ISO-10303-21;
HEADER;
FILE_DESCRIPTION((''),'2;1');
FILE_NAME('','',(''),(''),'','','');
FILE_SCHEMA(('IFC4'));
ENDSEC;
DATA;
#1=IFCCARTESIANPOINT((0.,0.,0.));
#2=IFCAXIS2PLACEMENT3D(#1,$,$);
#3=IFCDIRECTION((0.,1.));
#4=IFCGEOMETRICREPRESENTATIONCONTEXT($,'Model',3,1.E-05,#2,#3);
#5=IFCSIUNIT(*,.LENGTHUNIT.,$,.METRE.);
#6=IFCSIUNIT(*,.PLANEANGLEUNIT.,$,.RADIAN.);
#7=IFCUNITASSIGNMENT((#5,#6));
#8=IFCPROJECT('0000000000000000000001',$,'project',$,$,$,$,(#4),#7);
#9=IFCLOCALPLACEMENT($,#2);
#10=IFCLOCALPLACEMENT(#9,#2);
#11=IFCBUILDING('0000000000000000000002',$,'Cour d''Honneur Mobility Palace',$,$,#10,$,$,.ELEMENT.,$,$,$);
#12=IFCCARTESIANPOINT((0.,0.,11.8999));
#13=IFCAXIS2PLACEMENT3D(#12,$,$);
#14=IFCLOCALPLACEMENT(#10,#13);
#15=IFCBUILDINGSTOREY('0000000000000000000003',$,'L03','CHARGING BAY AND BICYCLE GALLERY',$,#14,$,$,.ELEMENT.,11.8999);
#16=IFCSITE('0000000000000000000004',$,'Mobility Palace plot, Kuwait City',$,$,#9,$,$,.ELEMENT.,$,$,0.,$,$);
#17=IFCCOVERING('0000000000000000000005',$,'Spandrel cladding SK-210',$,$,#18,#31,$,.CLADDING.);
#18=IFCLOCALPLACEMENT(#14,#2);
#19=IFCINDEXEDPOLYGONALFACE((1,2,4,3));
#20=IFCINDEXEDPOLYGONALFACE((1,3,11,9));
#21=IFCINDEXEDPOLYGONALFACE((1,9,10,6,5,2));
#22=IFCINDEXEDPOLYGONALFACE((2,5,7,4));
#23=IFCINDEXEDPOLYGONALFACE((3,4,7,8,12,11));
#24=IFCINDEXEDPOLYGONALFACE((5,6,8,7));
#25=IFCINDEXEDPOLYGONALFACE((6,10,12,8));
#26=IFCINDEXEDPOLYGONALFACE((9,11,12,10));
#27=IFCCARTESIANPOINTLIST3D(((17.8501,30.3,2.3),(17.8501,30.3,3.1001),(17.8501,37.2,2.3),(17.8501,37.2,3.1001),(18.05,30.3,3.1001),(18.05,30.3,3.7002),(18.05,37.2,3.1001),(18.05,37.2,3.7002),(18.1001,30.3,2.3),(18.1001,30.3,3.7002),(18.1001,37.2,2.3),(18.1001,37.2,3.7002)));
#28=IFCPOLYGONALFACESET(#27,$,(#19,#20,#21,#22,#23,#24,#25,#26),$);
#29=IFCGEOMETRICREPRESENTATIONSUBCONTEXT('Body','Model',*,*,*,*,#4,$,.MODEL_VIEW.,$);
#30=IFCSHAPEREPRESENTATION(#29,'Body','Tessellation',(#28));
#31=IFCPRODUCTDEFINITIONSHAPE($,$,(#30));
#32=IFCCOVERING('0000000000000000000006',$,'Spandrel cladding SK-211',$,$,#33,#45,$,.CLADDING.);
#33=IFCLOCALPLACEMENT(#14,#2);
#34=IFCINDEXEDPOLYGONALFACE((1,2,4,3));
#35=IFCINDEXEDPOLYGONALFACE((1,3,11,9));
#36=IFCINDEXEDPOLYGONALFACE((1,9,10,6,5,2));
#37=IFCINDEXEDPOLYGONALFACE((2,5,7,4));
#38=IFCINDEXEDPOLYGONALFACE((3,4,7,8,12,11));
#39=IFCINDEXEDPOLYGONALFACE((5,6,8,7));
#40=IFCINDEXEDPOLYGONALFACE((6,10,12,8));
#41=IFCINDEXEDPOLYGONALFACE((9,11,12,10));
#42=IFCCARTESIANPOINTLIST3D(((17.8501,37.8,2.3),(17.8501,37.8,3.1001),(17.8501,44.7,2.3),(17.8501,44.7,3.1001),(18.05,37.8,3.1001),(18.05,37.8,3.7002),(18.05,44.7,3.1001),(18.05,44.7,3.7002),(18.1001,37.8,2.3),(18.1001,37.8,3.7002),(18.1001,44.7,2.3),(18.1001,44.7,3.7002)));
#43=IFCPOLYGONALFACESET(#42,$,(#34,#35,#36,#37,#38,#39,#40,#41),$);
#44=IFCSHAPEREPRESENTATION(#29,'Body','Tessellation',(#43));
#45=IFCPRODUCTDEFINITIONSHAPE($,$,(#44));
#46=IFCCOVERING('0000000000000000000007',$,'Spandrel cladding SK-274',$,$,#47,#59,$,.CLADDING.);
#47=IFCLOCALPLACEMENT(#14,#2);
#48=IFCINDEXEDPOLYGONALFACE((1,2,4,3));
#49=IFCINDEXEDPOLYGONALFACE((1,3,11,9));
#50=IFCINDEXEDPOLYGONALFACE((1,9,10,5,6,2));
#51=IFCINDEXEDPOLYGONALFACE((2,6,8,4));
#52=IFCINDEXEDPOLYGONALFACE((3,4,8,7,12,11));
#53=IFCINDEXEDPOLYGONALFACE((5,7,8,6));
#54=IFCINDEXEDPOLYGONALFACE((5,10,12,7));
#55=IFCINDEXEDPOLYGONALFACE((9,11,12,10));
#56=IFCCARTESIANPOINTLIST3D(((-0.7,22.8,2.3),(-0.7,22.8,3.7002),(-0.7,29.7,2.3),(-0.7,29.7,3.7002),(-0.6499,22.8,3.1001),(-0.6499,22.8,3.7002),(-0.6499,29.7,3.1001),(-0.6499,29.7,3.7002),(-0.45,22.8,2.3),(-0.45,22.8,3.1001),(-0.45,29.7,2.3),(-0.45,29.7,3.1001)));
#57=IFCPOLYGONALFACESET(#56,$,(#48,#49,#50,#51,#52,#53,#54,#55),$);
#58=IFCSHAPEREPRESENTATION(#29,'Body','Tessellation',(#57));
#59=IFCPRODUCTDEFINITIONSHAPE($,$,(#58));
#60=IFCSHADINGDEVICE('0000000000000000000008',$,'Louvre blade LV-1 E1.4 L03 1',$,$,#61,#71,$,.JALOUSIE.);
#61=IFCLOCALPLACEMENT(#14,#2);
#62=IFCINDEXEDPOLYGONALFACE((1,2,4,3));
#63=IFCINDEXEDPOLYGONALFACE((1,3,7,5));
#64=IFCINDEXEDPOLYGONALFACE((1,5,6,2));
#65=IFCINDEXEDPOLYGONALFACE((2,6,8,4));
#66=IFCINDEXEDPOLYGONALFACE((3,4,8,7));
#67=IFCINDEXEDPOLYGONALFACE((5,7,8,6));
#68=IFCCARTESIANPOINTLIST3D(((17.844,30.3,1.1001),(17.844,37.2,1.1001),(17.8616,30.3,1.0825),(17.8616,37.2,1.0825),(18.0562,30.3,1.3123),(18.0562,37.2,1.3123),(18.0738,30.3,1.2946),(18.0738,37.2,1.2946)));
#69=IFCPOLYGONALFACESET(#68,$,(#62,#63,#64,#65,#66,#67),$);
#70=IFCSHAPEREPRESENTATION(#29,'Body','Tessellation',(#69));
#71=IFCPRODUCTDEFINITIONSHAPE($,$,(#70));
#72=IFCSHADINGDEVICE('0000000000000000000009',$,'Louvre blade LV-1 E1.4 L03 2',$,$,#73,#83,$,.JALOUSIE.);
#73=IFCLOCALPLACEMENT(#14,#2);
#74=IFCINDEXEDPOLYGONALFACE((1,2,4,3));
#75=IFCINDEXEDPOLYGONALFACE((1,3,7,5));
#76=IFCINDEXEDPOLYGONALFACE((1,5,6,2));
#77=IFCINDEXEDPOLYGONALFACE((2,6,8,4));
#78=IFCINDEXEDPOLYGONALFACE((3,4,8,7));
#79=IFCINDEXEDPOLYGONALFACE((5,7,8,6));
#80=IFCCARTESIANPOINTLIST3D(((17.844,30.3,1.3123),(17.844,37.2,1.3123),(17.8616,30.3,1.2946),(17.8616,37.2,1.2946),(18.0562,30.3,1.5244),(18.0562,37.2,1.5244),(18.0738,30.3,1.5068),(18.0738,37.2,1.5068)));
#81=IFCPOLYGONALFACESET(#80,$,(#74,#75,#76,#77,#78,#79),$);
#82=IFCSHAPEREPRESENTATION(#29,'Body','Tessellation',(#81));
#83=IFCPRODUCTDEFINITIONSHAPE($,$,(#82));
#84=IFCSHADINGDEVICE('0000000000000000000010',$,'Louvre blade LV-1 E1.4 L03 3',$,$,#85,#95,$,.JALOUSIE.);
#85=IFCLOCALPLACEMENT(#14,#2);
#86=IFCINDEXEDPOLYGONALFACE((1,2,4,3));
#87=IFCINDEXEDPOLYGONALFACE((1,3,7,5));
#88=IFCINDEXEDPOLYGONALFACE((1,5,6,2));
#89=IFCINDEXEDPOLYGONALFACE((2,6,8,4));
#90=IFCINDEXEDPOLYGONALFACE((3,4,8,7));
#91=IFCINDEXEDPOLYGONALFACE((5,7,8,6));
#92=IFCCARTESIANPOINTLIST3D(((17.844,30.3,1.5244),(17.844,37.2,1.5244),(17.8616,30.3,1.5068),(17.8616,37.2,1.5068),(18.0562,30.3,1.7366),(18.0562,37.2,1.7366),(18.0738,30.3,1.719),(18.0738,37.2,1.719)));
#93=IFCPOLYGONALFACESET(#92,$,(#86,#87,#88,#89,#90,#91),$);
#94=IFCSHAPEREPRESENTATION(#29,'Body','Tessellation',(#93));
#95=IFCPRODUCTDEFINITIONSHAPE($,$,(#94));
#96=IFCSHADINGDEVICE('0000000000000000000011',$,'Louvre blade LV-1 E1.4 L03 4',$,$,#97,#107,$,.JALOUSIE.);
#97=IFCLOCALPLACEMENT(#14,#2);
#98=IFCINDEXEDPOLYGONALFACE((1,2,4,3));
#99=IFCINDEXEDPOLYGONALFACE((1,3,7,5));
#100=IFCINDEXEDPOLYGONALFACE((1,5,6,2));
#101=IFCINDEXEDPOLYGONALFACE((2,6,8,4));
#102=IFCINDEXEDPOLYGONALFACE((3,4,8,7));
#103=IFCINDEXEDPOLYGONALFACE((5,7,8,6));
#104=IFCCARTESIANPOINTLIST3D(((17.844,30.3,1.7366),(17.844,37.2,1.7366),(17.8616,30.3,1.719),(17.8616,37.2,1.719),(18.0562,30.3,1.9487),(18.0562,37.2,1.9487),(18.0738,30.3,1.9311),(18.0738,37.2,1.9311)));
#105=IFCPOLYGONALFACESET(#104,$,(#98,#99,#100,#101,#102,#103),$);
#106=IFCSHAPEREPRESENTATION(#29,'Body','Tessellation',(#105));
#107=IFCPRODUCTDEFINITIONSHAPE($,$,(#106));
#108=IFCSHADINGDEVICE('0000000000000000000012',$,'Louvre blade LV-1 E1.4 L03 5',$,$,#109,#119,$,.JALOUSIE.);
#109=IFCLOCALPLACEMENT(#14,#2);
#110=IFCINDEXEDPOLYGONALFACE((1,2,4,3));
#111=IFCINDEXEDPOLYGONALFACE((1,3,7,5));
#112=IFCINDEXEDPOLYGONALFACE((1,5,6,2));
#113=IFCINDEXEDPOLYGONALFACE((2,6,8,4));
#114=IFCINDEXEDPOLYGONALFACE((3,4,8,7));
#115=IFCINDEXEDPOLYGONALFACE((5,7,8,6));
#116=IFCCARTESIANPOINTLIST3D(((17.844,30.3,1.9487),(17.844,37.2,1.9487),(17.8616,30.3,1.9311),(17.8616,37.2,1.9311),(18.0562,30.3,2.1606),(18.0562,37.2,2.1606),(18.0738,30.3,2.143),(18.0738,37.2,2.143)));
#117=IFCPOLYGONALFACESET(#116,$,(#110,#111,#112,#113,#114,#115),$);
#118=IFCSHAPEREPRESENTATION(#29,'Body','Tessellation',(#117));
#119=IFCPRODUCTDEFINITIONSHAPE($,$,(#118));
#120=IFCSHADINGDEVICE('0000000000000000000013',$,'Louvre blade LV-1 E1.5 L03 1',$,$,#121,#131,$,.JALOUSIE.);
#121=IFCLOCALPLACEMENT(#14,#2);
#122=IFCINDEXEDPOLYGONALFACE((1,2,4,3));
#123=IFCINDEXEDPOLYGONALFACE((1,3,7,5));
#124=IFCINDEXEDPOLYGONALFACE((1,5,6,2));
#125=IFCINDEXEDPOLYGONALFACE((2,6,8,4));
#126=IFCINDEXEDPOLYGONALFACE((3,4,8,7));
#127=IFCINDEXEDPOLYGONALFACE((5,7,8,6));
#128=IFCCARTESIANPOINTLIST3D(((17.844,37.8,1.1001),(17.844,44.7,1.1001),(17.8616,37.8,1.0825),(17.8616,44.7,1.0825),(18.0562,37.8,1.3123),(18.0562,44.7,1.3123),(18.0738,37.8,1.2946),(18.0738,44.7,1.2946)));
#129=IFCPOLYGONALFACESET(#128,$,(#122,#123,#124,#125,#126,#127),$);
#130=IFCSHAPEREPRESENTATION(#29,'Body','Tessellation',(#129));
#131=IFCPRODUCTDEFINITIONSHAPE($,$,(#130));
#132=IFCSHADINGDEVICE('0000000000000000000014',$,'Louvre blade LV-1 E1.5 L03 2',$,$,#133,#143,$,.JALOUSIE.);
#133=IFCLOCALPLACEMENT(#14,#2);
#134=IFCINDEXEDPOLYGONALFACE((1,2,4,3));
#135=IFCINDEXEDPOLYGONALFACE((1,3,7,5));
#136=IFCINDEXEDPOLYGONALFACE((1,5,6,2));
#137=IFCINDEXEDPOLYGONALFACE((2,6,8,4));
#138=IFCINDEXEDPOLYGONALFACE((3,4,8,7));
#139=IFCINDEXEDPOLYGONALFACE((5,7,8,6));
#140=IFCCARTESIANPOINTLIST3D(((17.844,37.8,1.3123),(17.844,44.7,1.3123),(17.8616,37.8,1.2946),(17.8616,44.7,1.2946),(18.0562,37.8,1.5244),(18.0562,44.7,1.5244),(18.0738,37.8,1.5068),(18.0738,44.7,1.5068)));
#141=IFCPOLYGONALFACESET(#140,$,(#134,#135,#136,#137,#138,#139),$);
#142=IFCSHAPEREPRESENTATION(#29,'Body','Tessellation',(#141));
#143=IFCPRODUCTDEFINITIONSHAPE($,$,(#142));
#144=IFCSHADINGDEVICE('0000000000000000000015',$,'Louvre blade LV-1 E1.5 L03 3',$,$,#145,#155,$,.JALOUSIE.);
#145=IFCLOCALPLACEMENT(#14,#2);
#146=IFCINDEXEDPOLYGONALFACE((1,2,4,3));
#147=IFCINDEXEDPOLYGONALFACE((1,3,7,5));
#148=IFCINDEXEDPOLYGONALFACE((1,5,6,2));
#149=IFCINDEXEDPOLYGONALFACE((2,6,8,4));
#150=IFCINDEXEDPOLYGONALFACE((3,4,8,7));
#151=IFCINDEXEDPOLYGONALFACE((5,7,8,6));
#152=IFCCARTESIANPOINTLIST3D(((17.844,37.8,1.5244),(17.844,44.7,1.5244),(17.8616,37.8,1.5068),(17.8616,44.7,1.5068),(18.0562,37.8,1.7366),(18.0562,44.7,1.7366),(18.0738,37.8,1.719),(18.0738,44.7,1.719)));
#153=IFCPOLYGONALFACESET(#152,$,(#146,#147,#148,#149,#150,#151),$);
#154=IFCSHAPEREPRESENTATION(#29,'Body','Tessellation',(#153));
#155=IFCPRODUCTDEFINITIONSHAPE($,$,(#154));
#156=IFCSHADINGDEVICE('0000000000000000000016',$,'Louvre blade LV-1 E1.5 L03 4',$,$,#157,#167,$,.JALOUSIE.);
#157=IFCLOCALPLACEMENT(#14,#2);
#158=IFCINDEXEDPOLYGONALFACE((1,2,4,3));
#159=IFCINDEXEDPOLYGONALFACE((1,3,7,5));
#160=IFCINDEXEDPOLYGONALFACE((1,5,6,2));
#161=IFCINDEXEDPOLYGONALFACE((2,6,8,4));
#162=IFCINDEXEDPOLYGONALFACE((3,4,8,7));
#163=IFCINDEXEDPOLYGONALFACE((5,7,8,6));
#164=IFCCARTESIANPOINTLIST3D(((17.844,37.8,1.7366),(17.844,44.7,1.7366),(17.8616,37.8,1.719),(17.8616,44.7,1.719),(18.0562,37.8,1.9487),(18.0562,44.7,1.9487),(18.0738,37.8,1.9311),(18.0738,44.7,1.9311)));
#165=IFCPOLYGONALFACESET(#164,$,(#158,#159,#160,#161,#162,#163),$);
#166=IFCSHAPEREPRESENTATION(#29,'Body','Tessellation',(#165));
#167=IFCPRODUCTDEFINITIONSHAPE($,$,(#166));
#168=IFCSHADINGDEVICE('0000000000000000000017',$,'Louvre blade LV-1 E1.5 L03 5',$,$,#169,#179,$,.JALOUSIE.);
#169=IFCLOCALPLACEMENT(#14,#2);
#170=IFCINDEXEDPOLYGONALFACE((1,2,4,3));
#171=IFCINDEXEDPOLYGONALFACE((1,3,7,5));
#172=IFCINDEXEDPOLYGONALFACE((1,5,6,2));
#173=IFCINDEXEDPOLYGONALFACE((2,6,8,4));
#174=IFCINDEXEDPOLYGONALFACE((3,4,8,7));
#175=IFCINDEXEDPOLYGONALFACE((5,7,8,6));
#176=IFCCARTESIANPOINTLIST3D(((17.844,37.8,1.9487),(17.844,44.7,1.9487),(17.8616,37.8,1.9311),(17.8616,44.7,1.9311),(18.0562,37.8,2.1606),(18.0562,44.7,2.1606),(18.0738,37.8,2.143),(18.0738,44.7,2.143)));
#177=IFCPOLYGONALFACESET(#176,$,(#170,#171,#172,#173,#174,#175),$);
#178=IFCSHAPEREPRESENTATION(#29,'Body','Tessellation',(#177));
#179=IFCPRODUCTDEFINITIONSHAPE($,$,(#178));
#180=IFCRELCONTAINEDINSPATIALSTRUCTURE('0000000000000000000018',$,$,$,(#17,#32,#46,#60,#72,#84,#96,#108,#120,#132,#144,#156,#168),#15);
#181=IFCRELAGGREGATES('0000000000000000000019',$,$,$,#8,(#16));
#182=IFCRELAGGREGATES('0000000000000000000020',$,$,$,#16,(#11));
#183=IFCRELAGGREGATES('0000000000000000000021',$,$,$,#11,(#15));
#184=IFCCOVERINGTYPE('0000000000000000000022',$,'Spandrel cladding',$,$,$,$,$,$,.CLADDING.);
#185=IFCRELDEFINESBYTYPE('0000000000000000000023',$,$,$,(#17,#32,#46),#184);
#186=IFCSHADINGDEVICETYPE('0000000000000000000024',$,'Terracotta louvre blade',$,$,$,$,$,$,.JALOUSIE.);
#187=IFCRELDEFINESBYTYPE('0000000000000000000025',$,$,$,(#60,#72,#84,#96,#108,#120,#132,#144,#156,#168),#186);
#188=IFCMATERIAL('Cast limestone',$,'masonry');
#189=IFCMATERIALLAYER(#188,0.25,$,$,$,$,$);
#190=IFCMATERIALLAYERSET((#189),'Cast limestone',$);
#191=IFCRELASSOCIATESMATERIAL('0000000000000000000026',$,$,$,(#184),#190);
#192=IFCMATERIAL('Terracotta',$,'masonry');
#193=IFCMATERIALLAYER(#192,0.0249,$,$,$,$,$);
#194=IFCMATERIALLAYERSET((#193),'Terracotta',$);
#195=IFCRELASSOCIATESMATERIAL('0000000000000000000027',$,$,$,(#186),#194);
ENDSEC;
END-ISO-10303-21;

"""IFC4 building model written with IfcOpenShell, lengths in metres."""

from ifc_helpers import new_model, si_unit, direction, frame, origin, place, context, subcontext, project, spatial, polyline, outline, extrude, material, layer, layer_set, type_object, element, save


model = new_model("IFC4")

# Units and contexts
model_context = context("Model", 3, precision=1e-05, world=origin(), true_north=direction((0.0, 1.0)))
body_context = subcontext(model_context, "Body", "Model", "MODEL_VIEW")
ifc_project = project(units=[si_unit("LENGTHUNIT", "METRE"), si_unit("PLANEANGLEUNIT", "RADIAN")], contexts=[model_context])

# Site, building, storey
site_placement = place(None, origin())
site = spatial("IfcSite", under=ifc_project, at=site_placement, Name="Mobility Palace plot, Kuwait City", CompositionType="ELEMENT", RefElevation=0.0)
building_placement = place(site_placement, origin())
building = spatial("IfcBuilding", under=site, at=building_placement, Name="Cour d'Honneur Mobility Palace", CompositionType="ELEMENT")
storey_placement = place(building_placement, frame((0.0, 0.0, 11.8999)))
storey = spatial("IfcBuildingStorey", under=building, at=storey_placement, Name="L03", Description="CHARGING BAY AND BICYCLE GALLERY", CompositionType="ELEMENT", Elevation=11.8999)

# Coverings
ifc_material_1 = material(Name="Cast limestone", Category="masonry")
ifc_layer_1 = layer(ifc_material_1, 0.25)
ifc_layer_set_1 = layer_set([ifc_layer_1], Name="Cast limestone")
covering_type = type_object("IfcCoveringType", Name="Spandrel cladding", PredefinedType="CLADDING", material=ifc_layer_set_1)
for number, where, z_axis, x_axis, name in (
    (1, (17.8501, 30.3, 2.3), (0.0, -1.0, 0.0), (1.0, 0.0, 0.0), "Spandrel cladding SK-210"),
    (2, (17.8501, 37.8, 2.3), (0.0, -1.0, 0.0), (1.0, 0.0, 0.0), "Spandrel cladding SK-211"),
    (3, (-0.45, 29.7, 2.3), (0.0, 1.0, 0.0), (-1.0, 0.0, 0.0), "Spandrel cladding SK-274"),
):
    element("IfcCovering", number, at=place(storey_placement, frame(where, z_axis=z_axis, x_axis=x_axis)), inside=storey, type_object=covering_type, Name=name, PredefinedType="CLADDING", context=body_context, shape_type="SweptSolid", body=[
        extrude(outline(polyline([(0.0, 0.0), (0.25, 0.0), (0.25, 1.4001), (0.2, 1.4001), (0.2, 0.8), (0.0, 0.8), (0.0, 0.0)])), origin(), (0.0, 0.0, -1.0), 6.8999),
    ])

# Shading devices
ifc_material_2 = material(Name="Terracotta", Category="masonry")
ifc_layer_2 = layer(ifc_material_2, 0.0249)
ifc_layer_set_2 = layer_set([ifc_layer_2], Name="Terracotta")
shading_device_type = type_object("IfcShadingDeviceType", Name="Terracotta louvre blade", PredefinedType="JALOUSIE", material=ifc_layer_set_2)
for number, where, z_axis, x_axis, name in (
    (4, (17.844, 30.3, 1.1001), (-0.707107, 0.0, 0.707107), (0.0, 1.0, 0.0), "Louvre blade LV-1 E1.4 L03 1"),
    (5, (17.844, 30.3, 1.3123), (-0.707107, 0.0, 0.707107), (0.0, 1.0, 0.0), "Louvre blade LV-1 E1.4 L03 2"),
    (6, (17.844, 30.3, 1.5244), (-0.707107, 0.0, 0.707107), (0.0, 1.0, 0.0), "Louvre blade LV-1 E1.4 L03 3"),
    (7, (17.844, 30.3, 1.7366), (-0.707107, 0.0, 0.707107), (0.0, 1.0, 0.0), "Louvre blade LV-1 E1.4 L03 4"),
):
    element("IfcShadingDevice", number, at=place(storey_placement, frame(where, z_axis=z_axis, x_axis=x_axis)), inside=storey, type_object=shading_device_type, Name=name, PredefinedType="JALOUSIE", context=body_context, shape_type="SweptSolid", body=[
        extrude(outline(polyline([(0.0, 0.0), (6.8999, 0.0), (6.8999, -0.3), (0.0, -0.3), (0.0, 0.0)])), origin(), (0.0, 0.0, -1.0), 0.0249),
    ])
shading_device_1_placement = place(storey_placement, frame((17.844, 30.3, 1.9487), z_axis=(-0.7067, 0.0, 0.707514), x_axis=(0.0, 1.0, 0.0)))
element("IfcShadingDevice", 8, at=shading_device_1_placement, inside=storey, type_object=shading_device_type, Name="Louvre blade LV-1 E1.4 L03 5", PredefinedType="JALOUSIE", context=body_context, shape_type="SweptSolid", body=[
    extrude(outline(polyline([(0.0, 0.0), (6.8999, 0.0), (6.8999, -0.2999), (0.0, -0.2999), (0.0, 0.0)])), origin(), (0.0, 0.0, -1.0), 0.0249),
])
for number, where, z_axis, x_axis, name in (
    (9, (17.844, 37.8, 1.1001), (-0.707107, 0.0, 0.707107), (0.0, 1.0, 0.0), "Louvre blade LV-1 E1.5 L03 1"),
    (10, (17.844, 37.8, 1.3123), (-0.707107, 0.0, 0.707107), (0.0, 1.0, 0.0), "Louvre blade LV-1 E1.5 L03 2"),
    (11, (17.844, 37.8, 1.5244), (-0.707107, 0.0, 0.707107), (0.0, 1.0, 0.0), "Louvre blade LV-1 E1.5 L03 3"),
    (12, (17.844, 37.8, 1.7366), (-0.707107, 0.0, 0.707107), (0.0, 1.0, 0.0), "Louvre blade LV-1 E1.5 L03 4"),
):
    element("IfcShadingDevice", number, at=place(storey_placement, frame(where, z_axis=z_axis, x_axis=x_axis)), inside=storey, type_object=shading_device_type, Name=name, PredefinedType="JALOUSIE", context=body_context, shape_type="SweptSolid", body=[
        extrude(outline(polyline([(0.0, 0.0), (6.8999, 0.0), (6.8999, -0.3), (0.0, -0.3), (0.0, 0.0)])), origin(), (0.0, 0.0, -1.0), 0.0249),
    ])
shading_device_2_placement = place(storey_placement, frame((17.844, 37.8, 1.9487), z_axis=(-0.7067, 0.0, 0.707514), x_axis=(0.0, 1.0, 0.0)))
element("IfcShadingDevice", 13, at=shading_device_2_placement, inside=storey, type_object=shading_device_type, Name="Louvre blade LV-1 E1.5 L03 5", PredefinedType="JALOUSIE", context=body_context, shape_type="SweptSolid", body=[
    extrude(outline(polyline([(0.0, 0.0), (6.8999, 0.0), (6.8999, -0.2999), (0.0, -0.2999), (0.0, 0.0)])), origin(), (0.0, 0.0, -1.0), 0.0249),
])

save(model, "model.ifc")
